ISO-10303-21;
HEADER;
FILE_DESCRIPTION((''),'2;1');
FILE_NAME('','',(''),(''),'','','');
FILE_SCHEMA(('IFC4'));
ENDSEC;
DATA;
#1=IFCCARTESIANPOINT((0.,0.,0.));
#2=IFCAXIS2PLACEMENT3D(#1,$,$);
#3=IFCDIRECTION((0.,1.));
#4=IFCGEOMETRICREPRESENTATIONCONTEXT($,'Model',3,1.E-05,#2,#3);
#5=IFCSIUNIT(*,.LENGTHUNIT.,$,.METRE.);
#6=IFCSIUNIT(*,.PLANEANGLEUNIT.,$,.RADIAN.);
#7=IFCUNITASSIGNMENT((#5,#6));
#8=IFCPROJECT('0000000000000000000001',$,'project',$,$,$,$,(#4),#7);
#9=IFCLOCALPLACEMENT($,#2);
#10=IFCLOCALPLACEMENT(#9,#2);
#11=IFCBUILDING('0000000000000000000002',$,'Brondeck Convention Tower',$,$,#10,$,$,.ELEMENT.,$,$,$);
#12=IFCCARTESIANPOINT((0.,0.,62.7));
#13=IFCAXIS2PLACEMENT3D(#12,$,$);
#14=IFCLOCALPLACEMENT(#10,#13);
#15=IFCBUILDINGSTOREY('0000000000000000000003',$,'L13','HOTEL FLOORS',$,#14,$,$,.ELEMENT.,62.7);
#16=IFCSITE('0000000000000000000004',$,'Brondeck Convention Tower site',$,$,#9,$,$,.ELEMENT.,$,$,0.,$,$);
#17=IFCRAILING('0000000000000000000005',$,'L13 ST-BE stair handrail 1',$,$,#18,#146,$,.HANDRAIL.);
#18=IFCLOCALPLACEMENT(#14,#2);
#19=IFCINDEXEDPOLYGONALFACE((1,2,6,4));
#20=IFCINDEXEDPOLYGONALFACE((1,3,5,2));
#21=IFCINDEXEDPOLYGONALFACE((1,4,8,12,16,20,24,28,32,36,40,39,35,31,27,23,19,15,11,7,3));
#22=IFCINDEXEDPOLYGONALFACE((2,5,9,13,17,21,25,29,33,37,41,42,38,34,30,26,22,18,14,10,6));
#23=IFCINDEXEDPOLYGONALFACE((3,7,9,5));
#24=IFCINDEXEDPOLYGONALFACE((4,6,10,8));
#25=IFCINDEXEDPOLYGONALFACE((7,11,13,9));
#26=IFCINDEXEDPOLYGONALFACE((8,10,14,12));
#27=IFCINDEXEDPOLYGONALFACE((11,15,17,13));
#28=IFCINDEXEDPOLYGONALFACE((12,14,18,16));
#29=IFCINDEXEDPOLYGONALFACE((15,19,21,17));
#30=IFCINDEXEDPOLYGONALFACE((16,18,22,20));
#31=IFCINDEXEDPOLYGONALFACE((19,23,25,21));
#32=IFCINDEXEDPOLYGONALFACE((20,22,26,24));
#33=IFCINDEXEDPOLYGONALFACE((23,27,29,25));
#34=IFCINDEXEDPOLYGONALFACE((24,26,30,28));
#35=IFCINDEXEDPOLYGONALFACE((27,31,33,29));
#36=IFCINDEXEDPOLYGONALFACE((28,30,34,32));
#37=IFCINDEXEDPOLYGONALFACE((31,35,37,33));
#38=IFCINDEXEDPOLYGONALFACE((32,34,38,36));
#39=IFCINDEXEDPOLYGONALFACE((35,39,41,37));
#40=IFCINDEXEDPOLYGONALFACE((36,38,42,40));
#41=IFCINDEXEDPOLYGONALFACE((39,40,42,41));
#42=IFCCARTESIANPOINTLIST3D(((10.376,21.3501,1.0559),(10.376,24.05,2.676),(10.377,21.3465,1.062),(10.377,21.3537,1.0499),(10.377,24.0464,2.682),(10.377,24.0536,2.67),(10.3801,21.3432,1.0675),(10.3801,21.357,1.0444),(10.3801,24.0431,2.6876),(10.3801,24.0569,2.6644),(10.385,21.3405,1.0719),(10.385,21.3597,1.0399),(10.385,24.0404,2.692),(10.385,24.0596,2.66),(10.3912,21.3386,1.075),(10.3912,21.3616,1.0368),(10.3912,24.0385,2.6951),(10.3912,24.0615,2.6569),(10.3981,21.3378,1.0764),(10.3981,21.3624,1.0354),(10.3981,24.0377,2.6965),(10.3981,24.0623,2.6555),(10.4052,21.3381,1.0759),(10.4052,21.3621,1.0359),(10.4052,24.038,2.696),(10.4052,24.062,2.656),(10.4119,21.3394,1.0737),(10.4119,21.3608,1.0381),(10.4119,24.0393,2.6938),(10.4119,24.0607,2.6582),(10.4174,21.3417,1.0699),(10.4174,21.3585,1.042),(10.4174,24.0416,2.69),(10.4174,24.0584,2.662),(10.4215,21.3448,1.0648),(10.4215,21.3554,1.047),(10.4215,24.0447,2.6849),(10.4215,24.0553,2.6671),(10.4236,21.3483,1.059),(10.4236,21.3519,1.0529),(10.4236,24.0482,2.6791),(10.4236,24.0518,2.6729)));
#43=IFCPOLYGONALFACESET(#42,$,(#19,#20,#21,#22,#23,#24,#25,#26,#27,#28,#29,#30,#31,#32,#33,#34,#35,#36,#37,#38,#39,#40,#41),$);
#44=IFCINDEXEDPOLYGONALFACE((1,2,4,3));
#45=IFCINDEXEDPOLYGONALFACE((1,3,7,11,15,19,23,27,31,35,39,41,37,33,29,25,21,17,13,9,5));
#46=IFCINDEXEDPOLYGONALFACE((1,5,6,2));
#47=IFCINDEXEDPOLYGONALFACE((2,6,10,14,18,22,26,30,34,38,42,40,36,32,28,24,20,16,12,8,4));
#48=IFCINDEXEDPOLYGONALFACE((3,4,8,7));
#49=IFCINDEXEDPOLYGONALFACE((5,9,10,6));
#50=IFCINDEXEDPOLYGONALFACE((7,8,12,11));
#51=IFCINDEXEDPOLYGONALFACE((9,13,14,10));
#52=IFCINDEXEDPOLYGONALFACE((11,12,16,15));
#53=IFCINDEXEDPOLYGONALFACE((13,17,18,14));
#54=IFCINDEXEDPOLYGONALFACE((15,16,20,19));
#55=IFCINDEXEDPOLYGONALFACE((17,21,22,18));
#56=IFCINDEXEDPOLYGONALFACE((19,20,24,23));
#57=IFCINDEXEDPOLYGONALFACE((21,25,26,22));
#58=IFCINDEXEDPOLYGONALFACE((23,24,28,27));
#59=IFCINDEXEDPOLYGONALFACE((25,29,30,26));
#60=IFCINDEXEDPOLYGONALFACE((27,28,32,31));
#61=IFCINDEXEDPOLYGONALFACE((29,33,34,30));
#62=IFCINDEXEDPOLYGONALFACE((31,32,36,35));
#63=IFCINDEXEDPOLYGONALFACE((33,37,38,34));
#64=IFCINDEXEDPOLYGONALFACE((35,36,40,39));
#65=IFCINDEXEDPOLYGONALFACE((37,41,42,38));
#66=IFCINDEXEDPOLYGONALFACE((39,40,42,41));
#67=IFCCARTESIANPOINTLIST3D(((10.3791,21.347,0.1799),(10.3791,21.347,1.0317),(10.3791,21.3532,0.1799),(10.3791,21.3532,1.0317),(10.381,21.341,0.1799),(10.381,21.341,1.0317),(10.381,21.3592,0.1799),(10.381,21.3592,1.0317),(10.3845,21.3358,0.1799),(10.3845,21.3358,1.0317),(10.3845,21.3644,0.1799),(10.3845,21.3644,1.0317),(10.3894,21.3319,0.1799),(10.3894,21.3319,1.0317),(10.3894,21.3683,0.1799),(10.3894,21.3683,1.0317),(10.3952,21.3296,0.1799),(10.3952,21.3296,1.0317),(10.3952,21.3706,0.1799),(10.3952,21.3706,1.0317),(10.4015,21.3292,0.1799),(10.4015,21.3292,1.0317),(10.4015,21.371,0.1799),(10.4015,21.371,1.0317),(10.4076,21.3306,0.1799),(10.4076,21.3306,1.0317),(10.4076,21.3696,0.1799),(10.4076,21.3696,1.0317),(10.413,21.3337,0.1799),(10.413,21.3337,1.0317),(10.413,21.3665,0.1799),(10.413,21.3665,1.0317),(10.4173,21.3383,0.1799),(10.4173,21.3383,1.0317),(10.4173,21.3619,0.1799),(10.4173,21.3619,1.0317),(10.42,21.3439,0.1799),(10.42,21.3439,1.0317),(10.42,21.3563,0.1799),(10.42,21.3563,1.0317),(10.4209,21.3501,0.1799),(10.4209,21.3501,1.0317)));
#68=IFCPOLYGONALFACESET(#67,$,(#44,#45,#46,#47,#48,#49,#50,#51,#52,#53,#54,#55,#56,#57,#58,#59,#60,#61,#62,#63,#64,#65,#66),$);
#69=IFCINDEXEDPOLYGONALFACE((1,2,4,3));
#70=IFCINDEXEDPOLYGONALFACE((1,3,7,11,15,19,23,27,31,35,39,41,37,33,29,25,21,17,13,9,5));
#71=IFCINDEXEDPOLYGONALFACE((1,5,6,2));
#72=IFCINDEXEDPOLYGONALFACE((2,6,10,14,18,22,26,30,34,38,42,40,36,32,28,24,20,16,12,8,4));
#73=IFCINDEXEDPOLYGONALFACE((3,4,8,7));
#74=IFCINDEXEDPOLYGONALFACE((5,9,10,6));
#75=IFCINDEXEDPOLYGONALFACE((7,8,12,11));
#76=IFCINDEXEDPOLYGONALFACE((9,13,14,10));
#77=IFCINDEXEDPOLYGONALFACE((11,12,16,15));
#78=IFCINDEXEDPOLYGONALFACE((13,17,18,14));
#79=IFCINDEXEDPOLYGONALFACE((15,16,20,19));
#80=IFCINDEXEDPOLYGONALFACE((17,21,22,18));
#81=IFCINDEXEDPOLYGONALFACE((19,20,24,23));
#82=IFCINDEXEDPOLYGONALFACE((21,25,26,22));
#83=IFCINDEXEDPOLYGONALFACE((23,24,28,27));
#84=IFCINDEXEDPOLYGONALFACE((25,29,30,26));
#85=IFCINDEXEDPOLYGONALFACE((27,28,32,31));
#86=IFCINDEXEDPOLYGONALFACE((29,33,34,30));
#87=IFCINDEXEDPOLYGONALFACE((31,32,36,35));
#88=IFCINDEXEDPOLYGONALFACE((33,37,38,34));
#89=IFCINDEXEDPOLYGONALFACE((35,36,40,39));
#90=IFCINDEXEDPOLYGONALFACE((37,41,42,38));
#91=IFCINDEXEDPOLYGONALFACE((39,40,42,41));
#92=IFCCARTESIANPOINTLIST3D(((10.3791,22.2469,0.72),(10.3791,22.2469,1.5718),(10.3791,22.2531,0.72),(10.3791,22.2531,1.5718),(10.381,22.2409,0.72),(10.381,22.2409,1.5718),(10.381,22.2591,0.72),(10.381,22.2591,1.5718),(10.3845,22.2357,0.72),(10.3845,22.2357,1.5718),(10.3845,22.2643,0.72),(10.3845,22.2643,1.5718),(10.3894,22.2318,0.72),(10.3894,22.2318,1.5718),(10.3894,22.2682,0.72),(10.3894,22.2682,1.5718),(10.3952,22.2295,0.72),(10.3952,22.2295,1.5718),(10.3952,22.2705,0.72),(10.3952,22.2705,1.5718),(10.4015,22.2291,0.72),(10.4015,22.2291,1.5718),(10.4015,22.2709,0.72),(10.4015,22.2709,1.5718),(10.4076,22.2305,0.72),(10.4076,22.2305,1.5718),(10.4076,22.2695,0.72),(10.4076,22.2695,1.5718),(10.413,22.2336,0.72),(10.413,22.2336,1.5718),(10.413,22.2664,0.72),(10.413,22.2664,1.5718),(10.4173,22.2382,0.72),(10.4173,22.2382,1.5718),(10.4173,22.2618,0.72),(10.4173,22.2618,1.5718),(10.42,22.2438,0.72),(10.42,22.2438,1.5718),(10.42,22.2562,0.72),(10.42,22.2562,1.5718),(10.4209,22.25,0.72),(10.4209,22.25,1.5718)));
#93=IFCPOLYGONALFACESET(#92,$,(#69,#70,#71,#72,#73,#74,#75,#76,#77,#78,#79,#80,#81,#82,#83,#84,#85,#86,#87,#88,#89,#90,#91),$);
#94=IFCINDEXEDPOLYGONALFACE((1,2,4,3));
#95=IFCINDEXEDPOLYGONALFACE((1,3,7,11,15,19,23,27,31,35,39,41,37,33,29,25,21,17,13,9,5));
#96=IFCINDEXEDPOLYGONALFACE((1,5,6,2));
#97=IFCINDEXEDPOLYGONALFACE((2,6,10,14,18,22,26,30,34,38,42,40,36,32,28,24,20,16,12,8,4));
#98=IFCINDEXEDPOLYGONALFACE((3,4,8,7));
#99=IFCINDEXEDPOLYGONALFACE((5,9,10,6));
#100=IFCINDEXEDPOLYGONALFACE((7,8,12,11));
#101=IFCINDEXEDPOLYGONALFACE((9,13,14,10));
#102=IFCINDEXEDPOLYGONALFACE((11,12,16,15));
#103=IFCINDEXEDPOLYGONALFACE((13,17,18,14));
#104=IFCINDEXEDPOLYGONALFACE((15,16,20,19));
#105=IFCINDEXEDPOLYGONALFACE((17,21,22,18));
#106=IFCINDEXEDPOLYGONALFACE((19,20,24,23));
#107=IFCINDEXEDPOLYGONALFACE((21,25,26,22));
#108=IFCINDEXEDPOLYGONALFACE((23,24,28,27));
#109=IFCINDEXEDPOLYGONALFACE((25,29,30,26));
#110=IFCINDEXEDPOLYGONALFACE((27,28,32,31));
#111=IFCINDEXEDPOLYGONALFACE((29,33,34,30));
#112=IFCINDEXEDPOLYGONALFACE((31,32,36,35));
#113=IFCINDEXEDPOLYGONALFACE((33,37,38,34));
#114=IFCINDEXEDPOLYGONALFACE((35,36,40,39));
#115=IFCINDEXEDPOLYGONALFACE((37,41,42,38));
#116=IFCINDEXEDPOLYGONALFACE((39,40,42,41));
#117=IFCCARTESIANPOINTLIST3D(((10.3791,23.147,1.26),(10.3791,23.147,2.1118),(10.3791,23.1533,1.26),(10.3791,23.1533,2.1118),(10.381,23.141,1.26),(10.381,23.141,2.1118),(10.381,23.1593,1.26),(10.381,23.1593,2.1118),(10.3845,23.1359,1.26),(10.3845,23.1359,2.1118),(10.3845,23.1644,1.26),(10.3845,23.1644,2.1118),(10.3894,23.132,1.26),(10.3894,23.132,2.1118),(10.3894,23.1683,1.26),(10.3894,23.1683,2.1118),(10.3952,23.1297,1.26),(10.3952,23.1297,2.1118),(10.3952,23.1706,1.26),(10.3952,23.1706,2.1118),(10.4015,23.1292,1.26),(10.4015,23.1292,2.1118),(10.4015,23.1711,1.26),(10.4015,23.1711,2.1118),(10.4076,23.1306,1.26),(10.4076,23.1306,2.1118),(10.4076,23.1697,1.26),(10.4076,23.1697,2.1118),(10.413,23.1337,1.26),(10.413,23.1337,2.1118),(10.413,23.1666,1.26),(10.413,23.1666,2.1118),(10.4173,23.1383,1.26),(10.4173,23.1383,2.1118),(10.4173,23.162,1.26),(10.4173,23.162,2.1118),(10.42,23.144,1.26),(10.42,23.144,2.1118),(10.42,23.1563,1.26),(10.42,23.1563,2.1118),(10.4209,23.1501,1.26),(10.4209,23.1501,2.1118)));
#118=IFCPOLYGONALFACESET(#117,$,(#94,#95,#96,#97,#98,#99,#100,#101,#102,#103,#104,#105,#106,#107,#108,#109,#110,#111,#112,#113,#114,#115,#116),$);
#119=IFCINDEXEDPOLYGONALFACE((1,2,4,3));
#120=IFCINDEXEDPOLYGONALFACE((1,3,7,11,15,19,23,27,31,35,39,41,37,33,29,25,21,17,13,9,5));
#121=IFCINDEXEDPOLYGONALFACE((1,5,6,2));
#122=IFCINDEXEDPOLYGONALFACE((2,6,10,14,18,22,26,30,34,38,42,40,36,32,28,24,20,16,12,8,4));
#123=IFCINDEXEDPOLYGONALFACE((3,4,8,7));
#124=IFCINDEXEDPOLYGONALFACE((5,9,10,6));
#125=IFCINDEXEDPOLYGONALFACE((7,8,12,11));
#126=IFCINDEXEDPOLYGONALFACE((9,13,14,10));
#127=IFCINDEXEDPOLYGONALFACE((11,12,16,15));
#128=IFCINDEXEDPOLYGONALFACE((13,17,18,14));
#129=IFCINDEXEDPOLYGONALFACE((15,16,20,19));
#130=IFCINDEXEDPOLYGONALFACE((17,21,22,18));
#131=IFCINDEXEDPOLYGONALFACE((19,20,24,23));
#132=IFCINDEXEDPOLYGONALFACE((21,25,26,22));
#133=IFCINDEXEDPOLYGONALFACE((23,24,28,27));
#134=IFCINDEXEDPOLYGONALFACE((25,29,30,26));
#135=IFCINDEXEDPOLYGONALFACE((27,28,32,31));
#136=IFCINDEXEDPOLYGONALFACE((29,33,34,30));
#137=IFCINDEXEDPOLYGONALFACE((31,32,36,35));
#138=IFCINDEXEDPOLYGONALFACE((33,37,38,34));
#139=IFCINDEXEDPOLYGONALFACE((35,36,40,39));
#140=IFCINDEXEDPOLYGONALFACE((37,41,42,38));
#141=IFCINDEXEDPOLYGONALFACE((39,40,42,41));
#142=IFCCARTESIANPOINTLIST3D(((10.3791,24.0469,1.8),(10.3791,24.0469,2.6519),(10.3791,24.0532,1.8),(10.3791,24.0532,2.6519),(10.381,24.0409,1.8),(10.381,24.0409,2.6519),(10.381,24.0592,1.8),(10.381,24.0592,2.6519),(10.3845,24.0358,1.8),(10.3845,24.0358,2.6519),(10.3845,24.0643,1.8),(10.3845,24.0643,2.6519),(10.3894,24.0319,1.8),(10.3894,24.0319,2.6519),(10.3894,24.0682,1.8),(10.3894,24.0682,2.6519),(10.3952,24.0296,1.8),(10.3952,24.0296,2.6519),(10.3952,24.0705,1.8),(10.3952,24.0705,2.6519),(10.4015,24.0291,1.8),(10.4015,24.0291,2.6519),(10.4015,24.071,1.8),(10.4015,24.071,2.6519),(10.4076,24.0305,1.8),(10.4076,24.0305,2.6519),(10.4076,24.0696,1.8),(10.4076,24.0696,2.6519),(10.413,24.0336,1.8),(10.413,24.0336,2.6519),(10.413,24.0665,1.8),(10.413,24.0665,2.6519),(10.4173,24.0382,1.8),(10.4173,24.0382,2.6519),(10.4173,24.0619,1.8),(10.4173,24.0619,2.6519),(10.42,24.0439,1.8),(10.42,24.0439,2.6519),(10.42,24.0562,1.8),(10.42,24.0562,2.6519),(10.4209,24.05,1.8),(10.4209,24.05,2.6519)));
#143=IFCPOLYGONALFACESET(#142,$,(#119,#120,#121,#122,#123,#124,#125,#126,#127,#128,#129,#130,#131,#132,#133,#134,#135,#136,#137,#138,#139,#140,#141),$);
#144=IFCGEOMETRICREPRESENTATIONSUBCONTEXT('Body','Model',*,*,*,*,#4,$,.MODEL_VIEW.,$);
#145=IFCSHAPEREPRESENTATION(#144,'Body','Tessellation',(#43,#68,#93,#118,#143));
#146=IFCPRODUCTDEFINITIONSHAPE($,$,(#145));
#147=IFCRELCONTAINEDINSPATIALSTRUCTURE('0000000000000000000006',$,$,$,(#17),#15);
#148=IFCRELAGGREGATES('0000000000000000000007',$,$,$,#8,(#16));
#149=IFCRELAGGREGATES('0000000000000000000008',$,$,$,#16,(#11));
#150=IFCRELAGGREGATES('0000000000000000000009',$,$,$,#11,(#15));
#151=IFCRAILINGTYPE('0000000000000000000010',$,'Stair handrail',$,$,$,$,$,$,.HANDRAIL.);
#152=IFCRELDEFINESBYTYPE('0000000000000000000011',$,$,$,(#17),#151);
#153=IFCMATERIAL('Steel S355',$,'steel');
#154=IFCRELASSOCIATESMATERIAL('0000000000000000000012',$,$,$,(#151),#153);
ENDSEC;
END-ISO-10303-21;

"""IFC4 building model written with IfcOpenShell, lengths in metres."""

from ifc_helpers import new_model, si_unit, direction, frame, origin, origin_2d, place, context, subcontext, project, spatial, circle, extrude, material, type_object, element, save


model = new_model("IFC4")

# Units and contexts
model_context = context("Model", 3, precision=1e-05, world=origin(), true_north=direction((0.0, 1.0)))
body_context = subcontext(model_context, "Body", "Model", "MODEL_VIEW")
ifc_project = project(units=[si_unit("LENGTHUNIT", "METRE"), si_unit("PLANEANGLEUNIT", "RADIAN")], contexts=[model_context])

# Site, building, storey
site_placement = place(None, origin())
site = spatial("IfcSite", under=ifc_project, at=site_placement, Name="Brondeck Convention Tower site", CompositionType="ELEMENT", RefElevation=0.0)
building_placement = place(site_placement, origin())
building = spatial("IfcBuilding", under=site, at=building_placement, Name="Brondeck Convention Tower", CompositionType="ELEMENT")
storey_placement = place(building_placement, frame((0.0, 0.0, 62.7)))
storey = spatial("IfcBuildingStorey", under=building, at=storey_placement, Name="L13", Description="HOTEL FLOORS", CompositionType="ELEMENT", Elevation=62.7)

# Shared definitions
ifc_material_1 = material(Name="Steel S355", Category="steel")

# Railing
railing_type_1 = type_object("IfcRailingType", Name="Stair handrail", PredefinedType="HANDRAIL", material=ifc_material_1)
railing_1_placement = place(storey_placement, frame((10.3999, 21.3501, 0.1799)))
element("IfcRailing", 1, at=railing_1_placement, inside=storey, type_object=railing_type_1, Name="L13 ST-BE stair handrail 1", PredefinedType="HANDRAIL", context=body_context, shape_type="SweptSolid", body=[
    extrude(circle(Radius=0.0239, at=origin_2d()), frame((0.0, 0.0, 0.876), z_axis=(0.0, 0.857472, 0.51453), x_axis=(-1.0, 0.0, 0.0)), (0.0, 0.0, 1.0), 3.1487),
    extrude(circle(Radius=0.021, at=origin_2d()), origin(), (0.0, 0.0, 1.0), 0.8518),
    extrude(circle(Radius=0.021, at=origin_2d()), frame((0.0, 0.8999, 0.54)), (0.0, 0.0, 1.0), 0.8518),
    extrude(circle(Radius=0.021, at=origin_2d()), frame((0.0, 1.8, 1.0801)), (0.0, 0.0, 1.0), 0.8518),
    extrude(circle(Radius=0.021, at=origin_2d()), frame((0.0, 2.7, 1.6201)), (0.0, 0.0, 1.0), 0.8518),
])

save(model, "model.ifc")
